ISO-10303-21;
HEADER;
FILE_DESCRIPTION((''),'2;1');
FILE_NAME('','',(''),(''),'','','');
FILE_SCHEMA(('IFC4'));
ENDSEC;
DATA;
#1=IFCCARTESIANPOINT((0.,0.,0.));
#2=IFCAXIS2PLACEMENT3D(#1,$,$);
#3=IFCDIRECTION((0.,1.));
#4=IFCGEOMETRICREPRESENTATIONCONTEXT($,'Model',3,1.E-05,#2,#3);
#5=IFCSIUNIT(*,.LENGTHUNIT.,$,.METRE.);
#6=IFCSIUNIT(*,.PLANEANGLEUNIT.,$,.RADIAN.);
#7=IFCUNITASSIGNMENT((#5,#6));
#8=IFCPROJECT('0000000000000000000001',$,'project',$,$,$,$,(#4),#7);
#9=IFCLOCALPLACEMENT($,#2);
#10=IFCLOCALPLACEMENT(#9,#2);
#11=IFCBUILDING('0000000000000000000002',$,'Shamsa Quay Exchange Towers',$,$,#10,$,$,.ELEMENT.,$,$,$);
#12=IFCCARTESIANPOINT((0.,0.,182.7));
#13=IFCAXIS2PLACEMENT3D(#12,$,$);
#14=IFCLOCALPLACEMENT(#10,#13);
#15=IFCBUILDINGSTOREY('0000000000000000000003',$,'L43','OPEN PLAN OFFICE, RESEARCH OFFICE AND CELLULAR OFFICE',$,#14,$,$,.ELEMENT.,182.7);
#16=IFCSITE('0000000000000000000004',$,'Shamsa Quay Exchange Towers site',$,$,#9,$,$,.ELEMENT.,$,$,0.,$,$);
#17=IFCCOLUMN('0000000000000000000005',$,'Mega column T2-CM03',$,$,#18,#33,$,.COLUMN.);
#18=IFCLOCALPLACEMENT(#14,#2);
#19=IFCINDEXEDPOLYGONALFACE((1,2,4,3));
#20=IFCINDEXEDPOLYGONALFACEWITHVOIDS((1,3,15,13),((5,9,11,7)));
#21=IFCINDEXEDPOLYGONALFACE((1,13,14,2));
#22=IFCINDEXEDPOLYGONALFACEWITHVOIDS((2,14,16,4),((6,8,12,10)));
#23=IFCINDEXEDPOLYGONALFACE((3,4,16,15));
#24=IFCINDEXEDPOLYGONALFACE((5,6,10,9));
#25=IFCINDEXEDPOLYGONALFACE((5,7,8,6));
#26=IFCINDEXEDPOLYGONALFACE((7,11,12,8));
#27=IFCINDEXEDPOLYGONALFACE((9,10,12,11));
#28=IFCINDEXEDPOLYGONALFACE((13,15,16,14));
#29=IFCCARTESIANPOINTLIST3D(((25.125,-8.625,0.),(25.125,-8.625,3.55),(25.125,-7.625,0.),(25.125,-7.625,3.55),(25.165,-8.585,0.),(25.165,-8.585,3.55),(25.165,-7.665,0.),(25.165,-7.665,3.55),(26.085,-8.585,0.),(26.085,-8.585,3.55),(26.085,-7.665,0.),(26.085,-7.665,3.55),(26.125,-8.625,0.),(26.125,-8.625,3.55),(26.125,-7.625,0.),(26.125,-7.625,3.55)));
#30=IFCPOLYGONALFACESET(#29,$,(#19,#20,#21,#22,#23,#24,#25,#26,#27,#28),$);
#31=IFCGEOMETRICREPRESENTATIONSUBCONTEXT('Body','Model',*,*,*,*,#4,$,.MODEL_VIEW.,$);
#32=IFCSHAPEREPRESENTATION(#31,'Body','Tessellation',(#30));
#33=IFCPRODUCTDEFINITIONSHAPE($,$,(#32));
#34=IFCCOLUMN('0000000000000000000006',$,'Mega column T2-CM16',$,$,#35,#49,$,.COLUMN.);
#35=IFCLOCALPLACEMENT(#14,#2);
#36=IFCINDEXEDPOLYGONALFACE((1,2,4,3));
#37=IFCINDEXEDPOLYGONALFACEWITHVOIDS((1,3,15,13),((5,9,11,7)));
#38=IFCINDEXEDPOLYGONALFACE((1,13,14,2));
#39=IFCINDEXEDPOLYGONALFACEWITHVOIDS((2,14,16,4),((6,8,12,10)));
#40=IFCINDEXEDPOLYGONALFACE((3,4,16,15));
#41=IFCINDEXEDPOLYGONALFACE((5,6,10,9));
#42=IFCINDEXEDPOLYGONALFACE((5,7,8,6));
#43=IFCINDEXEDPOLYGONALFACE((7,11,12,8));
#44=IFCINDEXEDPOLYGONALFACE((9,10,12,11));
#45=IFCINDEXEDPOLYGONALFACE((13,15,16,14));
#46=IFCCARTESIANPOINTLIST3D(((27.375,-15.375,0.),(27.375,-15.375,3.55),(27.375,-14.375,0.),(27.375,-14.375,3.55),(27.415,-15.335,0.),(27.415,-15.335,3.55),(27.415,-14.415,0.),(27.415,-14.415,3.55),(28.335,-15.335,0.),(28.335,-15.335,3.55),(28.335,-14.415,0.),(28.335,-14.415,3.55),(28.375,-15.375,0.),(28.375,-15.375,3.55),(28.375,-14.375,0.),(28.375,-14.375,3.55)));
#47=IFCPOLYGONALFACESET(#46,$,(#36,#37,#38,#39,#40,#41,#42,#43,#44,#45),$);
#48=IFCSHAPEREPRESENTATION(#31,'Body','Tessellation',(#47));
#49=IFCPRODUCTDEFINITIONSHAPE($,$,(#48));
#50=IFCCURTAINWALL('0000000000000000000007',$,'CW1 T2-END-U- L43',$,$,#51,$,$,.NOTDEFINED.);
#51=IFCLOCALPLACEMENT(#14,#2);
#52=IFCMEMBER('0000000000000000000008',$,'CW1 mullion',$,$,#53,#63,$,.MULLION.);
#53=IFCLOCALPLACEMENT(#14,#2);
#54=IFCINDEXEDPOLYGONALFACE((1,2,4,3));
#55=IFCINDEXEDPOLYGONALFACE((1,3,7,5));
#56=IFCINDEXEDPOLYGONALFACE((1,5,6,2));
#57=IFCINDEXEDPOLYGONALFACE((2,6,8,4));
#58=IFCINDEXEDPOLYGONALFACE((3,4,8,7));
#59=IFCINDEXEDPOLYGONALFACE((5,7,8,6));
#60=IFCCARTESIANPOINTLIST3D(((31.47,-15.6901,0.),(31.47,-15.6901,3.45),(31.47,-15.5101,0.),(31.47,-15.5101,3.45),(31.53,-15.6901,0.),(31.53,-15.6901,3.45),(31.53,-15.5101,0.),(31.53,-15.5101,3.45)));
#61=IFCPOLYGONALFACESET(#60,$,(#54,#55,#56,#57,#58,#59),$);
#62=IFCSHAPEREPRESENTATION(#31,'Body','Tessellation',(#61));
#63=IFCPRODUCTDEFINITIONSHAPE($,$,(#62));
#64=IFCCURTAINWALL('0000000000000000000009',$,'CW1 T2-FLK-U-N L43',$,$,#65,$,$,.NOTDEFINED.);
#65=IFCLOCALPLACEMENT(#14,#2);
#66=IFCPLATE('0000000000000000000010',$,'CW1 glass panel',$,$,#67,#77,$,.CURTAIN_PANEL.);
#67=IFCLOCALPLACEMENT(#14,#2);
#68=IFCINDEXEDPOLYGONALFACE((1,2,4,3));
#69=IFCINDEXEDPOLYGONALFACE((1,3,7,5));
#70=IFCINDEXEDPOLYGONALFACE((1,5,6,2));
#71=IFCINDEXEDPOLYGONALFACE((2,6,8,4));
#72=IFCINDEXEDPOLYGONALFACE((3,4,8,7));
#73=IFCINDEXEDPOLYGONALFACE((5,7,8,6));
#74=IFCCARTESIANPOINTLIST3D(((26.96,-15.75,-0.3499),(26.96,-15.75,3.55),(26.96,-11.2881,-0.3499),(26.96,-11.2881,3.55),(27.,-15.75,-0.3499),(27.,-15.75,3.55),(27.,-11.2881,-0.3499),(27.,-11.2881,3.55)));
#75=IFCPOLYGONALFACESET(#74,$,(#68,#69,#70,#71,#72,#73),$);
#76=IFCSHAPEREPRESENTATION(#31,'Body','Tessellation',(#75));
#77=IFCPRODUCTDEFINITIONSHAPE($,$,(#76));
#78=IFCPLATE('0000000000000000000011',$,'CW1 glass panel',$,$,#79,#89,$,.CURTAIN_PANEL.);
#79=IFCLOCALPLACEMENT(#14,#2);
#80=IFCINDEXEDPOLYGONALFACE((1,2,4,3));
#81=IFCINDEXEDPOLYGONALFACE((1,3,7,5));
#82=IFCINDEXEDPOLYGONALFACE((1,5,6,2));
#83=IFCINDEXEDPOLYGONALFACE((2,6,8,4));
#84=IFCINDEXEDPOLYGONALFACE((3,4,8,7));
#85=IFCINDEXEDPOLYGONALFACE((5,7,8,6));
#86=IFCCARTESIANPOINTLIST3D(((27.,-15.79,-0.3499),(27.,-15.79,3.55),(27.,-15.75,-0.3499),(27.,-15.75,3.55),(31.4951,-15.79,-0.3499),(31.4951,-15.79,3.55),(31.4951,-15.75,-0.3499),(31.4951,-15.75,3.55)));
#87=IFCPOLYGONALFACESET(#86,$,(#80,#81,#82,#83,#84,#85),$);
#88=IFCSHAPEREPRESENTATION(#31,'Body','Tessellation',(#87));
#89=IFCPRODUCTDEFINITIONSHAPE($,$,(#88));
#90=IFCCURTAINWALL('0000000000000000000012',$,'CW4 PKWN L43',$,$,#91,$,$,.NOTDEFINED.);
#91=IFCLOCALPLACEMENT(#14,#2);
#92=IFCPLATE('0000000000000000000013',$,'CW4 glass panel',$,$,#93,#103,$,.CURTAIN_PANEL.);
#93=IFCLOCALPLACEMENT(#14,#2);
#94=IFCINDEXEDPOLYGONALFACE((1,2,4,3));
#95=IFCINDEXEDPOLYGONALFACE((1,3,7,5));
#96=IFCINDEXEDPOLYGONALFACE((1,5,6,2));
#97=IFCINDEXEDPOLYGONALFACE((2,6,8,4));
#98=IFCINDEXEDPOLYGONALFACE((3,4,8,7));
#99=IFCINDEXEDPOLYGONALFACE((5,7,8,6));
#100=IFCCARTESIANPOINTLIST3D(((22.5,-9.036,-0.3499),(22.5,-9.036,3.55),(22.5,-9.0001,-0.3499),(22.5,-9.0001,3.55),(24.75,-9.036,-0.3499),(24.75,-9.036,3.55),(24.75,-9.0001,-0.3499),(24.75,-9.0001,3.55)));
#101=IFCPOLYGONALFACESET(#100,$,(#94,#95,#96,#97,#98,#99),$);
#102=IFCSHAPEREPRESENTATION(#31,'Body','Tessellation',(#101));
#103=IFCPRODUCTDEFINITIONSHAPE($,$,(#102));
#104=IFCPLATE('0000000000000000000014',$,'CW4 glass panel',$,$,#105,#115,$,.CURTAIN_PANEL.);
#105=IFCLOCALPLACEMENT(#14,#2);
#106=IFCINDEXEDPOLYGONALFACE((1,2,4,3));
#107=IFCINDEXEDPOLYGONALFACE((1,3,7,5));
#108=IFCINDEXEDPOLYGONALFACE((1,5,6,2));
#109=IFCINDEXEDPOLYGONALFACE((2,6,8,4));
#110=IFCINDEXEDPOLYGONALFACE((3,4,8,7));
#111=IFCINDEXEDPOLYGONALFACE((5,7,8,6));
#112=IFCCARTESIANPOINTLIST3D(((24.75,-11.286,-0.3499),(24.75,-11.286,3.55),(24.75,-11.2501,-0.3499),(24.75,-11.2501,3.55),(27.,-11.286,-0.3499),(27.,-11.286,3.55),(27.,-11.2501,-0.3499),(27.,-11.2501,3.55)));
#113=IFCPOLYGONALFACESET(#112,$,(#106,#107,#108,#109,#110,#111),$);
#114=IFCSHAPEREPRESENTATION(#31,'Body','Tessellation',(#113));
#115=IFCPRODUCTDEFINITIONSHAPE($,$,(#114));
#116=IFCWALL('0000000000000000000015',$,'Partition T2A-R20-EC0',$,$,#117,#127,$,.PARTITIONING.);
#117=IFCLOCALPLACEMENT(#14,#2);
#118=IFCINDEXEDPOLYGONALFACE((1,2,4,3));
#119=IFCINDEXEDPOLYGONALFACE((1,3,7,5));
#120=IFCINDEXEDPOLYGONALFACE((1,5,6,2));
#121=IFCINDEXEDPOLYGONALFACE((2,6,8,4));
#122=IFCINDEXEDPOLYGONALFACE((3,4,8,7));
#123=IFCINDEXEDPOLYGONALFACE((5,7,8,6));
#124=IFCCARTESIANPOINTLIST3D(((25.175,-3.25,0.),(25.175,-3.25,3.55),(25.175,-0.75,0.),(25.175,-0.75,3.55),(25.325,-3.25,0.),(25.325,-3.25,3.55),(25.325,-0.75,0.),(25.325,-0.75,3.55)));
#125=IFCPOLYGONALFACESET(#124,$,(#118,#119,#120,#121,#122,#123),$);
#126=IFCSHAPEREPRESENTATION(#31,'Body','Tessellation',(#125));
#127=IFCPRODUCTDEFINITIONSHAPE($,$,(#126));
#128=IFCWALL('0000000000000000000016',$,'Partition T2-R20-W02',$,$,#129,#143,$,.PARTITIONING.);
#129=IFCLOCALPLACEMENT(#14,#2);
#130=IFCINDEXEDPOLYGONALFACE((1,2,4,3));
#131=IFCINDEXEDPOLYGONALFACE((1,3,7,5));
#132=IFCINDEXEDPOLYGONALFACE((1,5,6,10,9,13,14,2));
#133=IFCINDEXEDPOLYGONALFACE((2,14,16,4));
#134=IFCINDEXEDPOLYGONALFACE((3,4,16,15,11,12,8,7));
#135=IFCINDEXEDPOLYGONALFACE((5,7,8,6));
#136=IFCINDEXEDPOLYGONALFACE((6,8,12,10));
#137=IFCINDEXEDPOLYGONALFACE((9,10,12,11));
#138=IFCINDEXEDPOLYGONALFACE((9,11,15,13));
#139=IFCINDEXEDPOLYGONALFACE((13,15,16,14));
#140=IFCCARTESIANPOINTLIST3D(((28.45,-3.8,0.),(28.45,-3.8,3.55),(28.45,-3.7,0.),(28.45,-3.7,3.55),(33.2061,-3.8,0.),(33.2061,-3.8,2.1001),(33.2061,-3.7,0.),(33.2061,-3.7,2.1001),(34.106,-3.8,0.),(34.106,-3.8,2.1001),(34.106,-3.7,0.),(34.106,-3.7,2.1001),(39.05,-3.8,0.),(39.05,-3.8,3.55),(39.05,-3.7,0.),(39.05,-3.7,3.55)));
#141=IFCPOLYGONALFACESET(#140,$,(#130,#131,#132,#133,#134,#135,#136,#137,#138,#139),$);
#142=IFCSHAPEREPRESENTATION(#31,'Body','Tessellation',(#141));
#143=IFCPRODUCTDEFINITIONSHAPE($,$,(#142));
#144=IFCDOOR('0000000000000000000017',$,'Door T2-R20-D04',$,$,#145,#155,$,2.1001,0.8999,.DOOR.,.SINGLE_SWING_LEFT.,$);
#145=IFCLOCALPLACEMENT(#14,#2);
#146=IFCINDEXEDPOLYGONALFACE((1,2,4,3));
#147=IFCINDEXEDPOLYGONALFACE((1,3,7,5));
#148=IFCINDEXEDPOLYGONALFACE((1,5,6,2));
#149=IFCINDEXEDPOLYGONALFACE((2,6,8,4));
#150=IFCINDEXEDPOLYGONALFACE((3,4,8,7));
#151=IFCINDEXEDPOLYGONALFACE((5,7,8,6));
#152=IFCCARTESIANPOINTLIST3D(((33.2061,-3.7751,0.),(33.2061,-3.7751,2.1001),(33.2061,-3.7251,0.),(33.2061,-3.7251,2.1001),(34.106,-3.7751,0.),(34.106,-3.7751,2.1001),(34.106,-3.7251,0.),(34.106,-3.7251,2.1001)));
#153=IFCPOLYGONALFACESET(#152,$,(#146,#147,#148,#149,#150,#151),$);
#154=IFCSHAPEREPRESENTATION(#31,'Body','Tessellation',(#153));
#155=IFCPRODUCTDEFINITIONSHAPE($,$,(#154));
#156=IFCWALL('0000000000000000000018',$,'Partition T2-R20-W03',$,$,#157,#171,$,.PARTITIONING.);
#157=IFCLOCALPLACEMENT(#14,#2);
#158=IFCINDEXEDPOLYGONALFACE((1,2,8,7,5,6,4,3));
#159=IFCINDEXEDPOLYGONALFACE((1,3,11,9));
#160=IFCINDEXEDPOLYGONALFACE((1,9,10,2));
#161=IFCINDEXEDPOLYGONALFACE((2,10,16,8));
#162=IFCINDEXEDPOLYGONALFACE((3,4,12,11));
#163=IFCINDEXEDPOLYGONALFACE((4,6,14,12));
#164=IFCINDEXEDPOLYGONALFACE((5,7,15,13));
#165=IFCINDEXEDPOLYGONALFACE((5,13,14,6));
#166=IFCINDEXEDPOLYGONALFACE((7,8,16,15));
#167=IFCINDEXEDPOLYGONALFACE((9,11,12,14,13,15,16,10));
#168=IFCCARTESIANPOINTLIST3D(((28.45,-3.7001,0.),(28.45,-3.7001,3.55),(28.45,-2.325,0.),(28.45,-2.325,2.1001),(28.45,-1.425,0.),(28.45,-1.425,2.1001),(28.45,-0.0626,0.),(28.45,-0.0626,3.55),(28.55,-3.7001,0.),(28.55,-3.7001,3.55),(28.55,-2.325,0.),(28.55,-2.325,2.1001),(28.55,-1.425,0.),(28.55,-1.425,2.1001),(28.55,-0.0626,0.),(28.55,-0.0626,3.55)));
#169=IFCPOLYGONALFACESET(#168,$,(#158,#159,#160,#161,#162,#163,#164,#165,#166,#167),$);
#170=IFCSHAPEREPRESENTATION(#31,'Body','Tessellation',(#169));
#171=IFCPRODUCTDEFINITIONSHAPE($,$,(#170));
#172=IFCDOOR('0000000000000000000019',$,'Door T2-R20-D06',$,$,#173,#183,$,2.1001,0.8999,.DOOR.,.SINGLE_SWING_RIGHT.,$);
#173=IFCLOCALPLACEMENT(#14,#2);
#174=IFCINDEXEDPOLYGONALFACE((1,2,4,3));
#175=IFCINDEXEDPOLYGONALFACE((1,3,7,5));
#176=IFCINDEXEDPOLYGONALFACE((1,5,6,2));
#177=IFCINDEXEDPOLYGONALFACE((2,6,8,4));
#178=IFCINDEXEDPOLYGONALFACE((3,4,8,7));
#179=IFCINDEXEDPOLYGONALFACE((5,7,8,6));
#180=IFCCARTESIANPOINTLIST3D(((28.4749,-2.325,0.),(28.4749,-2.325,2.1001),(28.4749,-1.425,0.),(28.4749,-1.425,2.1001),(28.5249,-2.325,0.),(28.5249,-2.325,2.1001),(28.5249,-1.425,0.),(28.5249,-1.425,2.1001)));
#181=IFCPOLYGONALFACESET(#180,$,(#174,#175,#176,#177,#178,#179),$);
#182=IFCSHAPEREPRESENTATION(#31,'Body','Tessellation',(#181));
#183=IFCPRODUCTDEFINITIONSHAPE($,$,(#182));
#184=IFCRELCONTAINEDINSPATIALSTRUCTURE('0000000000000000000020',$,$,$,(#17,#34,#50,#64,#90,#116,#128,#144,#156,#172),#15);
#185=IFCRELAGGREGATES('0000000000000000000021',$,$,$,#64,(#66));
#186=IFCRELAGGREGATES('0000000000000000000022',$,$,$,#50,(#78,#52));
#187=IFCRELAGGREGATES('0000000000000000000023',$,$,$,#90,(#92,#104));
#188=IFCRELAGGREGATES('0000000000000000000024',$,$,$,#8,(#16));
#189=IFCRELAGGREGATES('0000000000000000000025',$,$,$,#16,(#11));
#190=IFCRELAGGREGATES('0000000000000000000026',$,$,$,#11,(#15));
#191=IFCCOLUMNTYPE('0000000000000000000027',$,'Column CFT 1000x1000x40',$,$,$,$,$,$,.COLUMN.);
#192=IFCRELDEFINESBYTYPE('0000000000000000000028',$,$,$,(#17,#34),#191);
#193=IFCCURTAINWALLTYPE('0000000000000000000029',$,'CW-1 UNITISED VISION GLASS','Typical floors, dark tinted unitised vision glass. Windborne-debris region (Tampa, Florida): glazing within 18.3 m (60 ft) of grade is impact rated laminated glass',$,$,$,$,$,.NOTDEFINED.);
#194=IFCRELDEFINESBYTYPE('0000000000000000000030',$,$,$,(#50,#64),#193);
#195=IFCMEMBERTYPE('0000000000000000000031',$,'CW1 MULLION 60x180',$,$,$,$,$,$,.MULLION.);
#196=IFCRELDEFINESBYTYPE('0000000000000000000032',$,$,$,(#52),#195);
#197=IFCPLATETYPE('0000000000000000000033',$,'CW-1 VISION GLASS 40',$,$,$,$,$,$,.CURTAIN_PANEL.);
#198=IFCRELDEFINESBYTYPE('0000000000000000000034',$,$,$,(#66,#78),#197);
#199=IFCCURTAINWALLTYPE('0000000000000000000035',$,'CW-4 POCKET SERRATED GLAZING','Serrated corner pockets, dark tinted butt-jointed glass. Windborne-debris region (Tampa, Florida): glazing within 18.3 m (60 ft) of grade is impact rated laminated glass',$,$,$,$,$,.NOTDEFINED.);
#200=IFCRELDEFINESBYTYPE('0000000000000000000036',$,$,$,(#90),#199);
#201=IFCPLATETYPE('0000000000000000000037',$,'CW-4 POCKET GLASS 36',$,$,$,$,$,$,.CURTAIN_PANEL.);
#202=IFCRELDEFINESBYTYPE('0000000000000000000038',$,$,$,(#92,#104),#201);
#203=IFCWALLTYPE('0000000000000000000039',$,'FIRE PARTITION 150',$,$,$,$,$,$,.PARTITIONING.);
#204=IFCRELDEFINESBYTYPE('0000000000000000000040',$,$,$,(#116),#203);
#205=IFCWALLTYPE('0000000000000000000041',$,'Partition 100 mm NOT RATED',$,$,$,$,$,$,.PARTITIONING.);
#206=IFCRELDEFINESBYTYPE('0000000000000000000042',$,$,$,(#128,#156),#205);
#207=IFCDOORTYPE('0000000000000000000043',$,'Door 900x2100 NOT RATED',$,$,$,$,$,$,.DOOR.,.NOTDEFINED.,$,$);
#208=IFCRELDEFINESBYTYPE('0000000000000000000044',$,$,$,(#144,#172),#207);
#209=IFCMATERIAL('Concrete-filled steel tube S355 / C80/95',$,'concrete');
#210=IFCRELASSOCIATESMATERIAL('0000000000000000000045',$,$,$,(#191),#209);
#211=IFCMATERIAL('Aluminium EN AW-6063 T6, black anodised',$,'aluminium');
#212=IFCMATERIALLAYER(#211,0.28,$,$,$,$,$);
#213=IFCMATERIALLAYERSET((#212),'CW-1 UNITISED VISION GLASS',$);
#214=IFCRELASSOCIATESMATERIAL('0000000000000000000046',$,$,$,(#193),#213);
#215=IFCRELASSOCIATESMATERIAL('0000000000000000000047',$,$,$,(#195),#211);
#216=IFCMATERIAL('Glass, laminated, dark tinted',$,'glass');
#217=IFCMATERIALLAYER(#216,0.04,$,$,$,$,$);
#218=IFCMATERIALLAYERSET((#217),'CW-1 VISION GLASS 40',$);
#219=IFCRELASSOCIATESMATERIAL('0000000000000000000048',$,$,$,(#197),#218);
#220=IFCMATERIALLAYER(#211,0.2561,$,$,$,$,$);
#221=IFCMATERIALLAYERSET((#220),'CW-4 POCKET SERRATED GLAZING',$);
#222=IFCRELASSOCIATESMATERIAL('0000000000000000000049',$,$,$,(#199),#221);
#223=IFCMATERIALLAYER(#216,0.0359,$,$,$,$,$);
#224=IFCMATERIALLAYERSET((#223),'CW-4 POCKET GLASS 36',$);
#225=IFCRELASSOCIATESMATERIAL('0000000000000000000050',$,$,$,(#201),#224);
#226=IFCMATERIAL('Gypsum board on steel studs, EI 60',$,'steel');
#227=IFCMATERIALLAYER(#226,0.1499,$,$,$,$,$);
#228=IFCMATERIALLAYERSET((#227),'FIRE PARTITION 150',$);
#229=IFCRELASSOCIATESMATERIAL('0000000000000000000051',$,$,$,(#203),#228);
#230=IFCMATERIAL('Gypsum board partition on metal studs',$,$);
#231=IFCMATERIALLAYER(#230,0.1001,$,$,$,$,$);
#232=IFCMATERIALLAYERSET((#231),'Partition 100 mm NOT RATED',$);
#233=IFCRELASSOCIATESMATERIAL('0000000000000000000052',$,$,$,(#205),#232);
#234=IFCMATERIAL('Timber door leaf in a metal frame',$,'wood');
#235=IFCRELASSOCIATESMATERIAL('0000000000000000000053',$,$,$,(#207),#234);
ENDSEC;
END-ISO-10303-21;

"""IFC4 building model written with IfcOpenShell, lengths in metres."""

from ifc_helpers import new_model, si_unit, direction, frame, frame_2d, origin, origin_2d, place, context, subcontext, project, spatial, rectangle, hollow_rectangle, extrude, material, layer, layer_set, material_profile, profile_set, type_object, element, fill, aggregate, save


model = new_model("IFC4")

# Units and contexts
model_context = context("Model", 3, precision=1e-05, world=origin(), true_north=direction((0.0, 1.0)))
body_context = subcontext(model_context, "Body", "Model", "MODEL_VIEW")
ifc_project = project(units=[si_unit("LENGTHUNIT", "METRE"), si_unit("PLANEANGLEUNIT", "RADIAN")], contexts=[model_context])

# Site, building, storey
site_placement = place(None, origin())
site = spatial("IfcSite", under=ifc_project, at=site_placement, Name="Shamsa Quay Exchange Towers site", CompositionType="ELEMENT", RefElevation=0.0)
building_placement = place(site_placement, origin())
building = spatial("IfcBuilding", under=site, at=building_placement, Name="Shamsa Quay Exchange Towers", CompositionType="ELEMENT")
storey_placement = place(building_placement, frame((0.0, 0.0, 182.7)))
storey = spatial("IfcBuildingStorey", under=building, at=storey_placement, Name="L43", Description="OPEN PLAN OFFICE, RESEARCH OFFICE AND CELLULAR OFFICE", CompositionType="ELEMENT", Elevation=182.7)

# Columns
ifc_material_1 = material(Name="Concrete-filled steel tube S355 / C80/95", Category="concrete")
ifc_material_profile_1 = material_profile(ifc_material_1, hollow_rectangle(XDim=1.0, YDim=1.0, WallThickness=0.04, at=origin_2d()), Name="CFT 1000x1000x40")
ifc_profile_set_1 = profile_set([ifc_material_profile_1], Name="Concrete-filled steel tube S355 / C80/95")
column_type = type_object("IfcColumnType", Name="Column CFT 1000x1000x40", PredefinedType="COLUMN", material=ifc_profile_set_1)
for number, where, name in (
    (1, (25.625, -8.125, 0.0), "Mega column T2-CM03"),
    (2, (27.875, -14.875, 0.0), "Mega column T2-CM16"),
):
    element("IfcColumn", number, at=place(storey_placement, frame(where)), inside=storey, type_object=column_type, Name=name, PredefinedType="COLUMN", context=body_context, shape_type="SweptSolid", body=[
        extrude(hollow_rectangle(XDim=1.0, YDim=1.0, WallThickness=0.04, at=origin_2d()), origin(), (0.0, 0.0, 1.0), 3.55),
    ])

# Curtain wall, member
ifc_material_2 = material(Name="Aluminium EN AW-6063 T6, black anodised", Category="aluminium")
ifc_layer_1 = layer(ifc_material_2, 0.28)
ifc_layer_set_1 = layer_set([ifc_layer_1], Name="CW-1 UNITISED VISION GLASS")
curtain_wall_type_1 = type_object("IfcCurtainWallType", Name="CW-1 UNITISED VISION GLASS", Description="Typical floors, dark tinted unitised vision glass. Windborne-debris region (Tampa, Florida): glazing within 18.3 m (60 ft) of grade is impact rated laminated glass", PredefinedType="NOTDEFINED", material=ifc_layer_set_1)
curtain_wall_1_placement = place(storey_placement, origin())
curtain_wall_1 = element("IfcCurtainWall", 3, at=curtain_wall_1_placement, inside=storey, type_object=curtain_wall_type_1, Name="CW1 T2-END-U- L43", PredefinedType="NOTDEFINED")
ifc_material_profile_2 = material_profile(ifc_material_2, rectangle(XDim=0.1799, YDim=0.0601, at=origin_2d()), Name="MU60x180")
ifc_profile_set_2 = profile_set([ifc_material_profile_2], Name="Aluminium EN AW-6063 T6, black anodised")
member_type = type_object("IfcMemberType", Name="CW1 MULLION 60x180", PredefinedType="MULLION", material=ifc_profile_set_2)
member_placement = place(storey_placement, frame((31.5, -15.6001, 0.0), z_axis=(0.0, 0.0, 1.0), x_axis=(0.0, 1.0, 0.0)))
member = element("IfcMember", 4, at=member_placement, type_object=member_type, Name="CW1 mullion", PredefinedType="MULLION", context=body_context, shape_type="SweptSolid", body=[
    extrude(rectangle(XDim=0.1799, YDim=0.0601, at=origin_2d()), origin(), (0.0, 0.0, 1.0), 3.45),
])

# Curtain wall, plate
curtain_wall_2_placement = place(storey_placement, origin())
curtain_wall_2 = element("IfcCurtainWall", 5, at=curtain_wall_2_placement, inside=storey, type_object=curtain_wall_type_1, Name="CW1 T2-FLK-U-N L43", PredefinedType="NOTDEFINED")
ifc_material_3 = material(Name="Glass, laminated, dark tinted", Category="glass")
ifc_layer_2 = layer(ifc_material_3, 0.04)
ifc_layer_set_2 = layer_set([ifc_layer_2], Name="CW-1 VISION GLASS 40")
plate_type_1 = type_object("IfcPlateType", Name="CW-1 VISION GLASS 40", PredefinedType="CURTAIN_PANEL", material=ifc_layer_set_2)
plate_1_placement = place(storey_placement, frame((26.98, -13.519, -0.3499), z_axis=(0.0, 0.0, 1.0), x_axis=(0.0, -1.0, 0.0)))
plate_1 = element("IfcPlate", 6, at=plate_1_placement, type_object=plate_type_1, Name="CW1 glass panel", PredefinedType="CURTAIN_PANEL", context=body_context, shape_type="SweptSolid", body=[
    extrude(rectangle(XDim=4.4619, YDim=0.04, at=origin_2d()), origin(), (0.0, 0.0, 1.0), 3.8999),
])
aggregate(curtain_wall_2, [plate_1])

# Plate
plate_2_placement = place(storey_placement, frame((29.2476, -15.77, -0.3499)))
plate_2 = element("IfcPlate", 7, at=plate_2_placement, type_object=plate_type_1, Name="CW1 glass panel", PredefinedType="CURTAIN_PANEL", context=body_context, shape_type="SweptSolid", body=[
    extrude(rectangle(XDim=4.4951, YDim=0.04, at=origin_2d()), origin(), (0.0, 0.0, 1.0), 3.8999),
])
aggregate(curtain_wall_1, [plate_2, member])

# Curtain wall, plates
ifc_layer_3 = layer(ifc_material_2, 0.2561)
ifc_layer_set_3 = layer_set([ifc_layer_3], Name="CW-4 POCKET SERRATED GLAZING")
curtain_wall_type_2 = type_object("IfcCurtainWallType", Name="CW-4 POCKET SERRATED GLAZING", Description="Serrated corner pockets, dark tinted butt-jointed glass. Windborne-debris region (Tampa, Florida): glazing within 18.3 m (60 ft) of grade is impact rated laminated glass", PredefinedType="NOTDEFINED", material=ifc_layer_set_3)
curtain_wall_3_placement = place(storey_placement, origin())
curtain_wall_3 = element("IfcCurtainWall", 8, at=curtain_wall_3_placement, inside=storey, type_object=curtain_wall_type_2, Name="CW4 PKWN L43", PredefinedType="NOTDEFINED")
ifc_layer_4 = layer(ifc_material_3, 0.0359)
ifc_layer_set_4 = layer_set([ifc_layer_4], Name="CW-4 POCKET GLASS 36")
plate_type_2 = type_object("IfcPlateType", Name="CW-4 POCKET GLASS 36", PredefinedType="CURTAIN_PANEL", material=ifc_layer_set_4)
plate_3_placement = place(storey_placement, frame((23.625, -9.0181, -0.3499)))
plate_3 = element("IfcPlate", 9, at=plate_3_placement, type_object=plate_type_2, Name="CW4 glass panel", PredefinedType="CURTAIN_PANEL", context=body_context, shape_type="SweptSolid", body=[
    extrude(rectangle(XDim=2.25, YDim=0.0359, at=origin_2d()), origin(), (0.0, 0.0, 1.0), 3.8999),
])
plate_4_placement = place(storey_placement, frame((25.875, -11.2681, -0.3499)))
plate_4 = element("IfcPlate", 10, at=plate_4_placement, type_object=plate_type_2, Name="CW4 glass panel", PredefinedType="CURTAIN_PANEL", context=body_context, shape_type="SweptSolid", body=[
    extrude(rectangle(XDim=2.25, YDim=0.0359, at=origin_2d()), origin(), (0.0, 0.0, 1.0), 3.8999),
])
aggregate(curtain_wall_3, [plate_3, plate_4])

# Wall
ifc_material_4 = material(Name="Gypsum board on steel studs, EI 60", Category="steel")
ifc_layer_5 = layer(ifc_material_4, 0.1499)
ifc_layer_set_5 = layer_set([ifc_layer_5], Name="FIRE PARTITION 150")
wall_type_1 = type_object("IfcWallType", Name="FIRE PARTITION 150", PredefinedType="PARTITIONING", material=ifc_layer_set_5)
wall_1_placement = place(storey_placement, frame((25.25, -3.25, 0.0), z_axis=(0.0, 0.0, 1.0), x_axis=(0.0, 1.0, 0.0)))
element("IfcWall", 11, at=wall_1_placement, inside=storey, type_object=wall_type_1, Name="Partition T2A-R20-EC0", PredefinedType="PARTITIONING", context=body_context, shape_type="SweptSolid", body=[
    extrude(rectangle(XDim=2.5, YDim=0.1499, at=frame_2d((1.25, 0.0))), origin(), (0.0, 0.0, 1.0), 3.55),
])

# Walls, openings, doors
ifc_material_5 = material(Name="Gypsum board partition on metal studs")
ifc_layer_6 = layer(ifc_material_5, 0.1001)
ifc_layer_set_6 = layer_set([ifc_layer_6], Name="Partition 100 mm NOT RATED")
wall_type_2 = type_object("IfcWallType", Name="Partition 100 mm NOT RATED", PredefinedType="PARTITIONING", material=ifc_layer_set_6)
wall_2_placement = place(storey_placement, frame((28.45, -3.75, 0.0)))
wall_2 = element("IfcWall", 12, at=wall_2_placement, inside=storey, type_object=wall_type_2, Name="Partition T2-R20-W02", PredefinedType="PARTITIONING", context=body_context, shape_type="SweptSolid", body=[
    extrude(rectangle(XDim=10.6001, YDim=0.1001, at=frame_2d((5.3, 0.0))), origin(), (0.0, 0.0, 1.0), 3.55),
])
opening_1_placement = place(wall_2_placement, frame((4.7561, 0.0, 0.0)))
opening_1 = element("IfcOpeningElement", 13, at=opening_1_placement, cuts=wall_2, PredefinedType="OPENING", context=body_context, shape_type="SweptSolid", body=[
    extrude(rectangle(XDim=0.8999, YDim=2.1001, at=frame_2d((0.45, 1.05))), frame((0.0, 0.0601, 0.0), z_axis=(0.0, -1.0, 0.0), x_axis=(1.0, 0.0, 0.0)), (0.0, 0.0, 1.0), 0.1201),
])
ifc_material_6 = material(Name="Timber door leaf in a metal frame", Category="wood")
door_type_1 = type_object("IfcDoorType", Name="Door 900x2100 NOT RATED", OperationType="NOTDEFINED", PredefinedType="DOOR", material=ifc_material_6)
door_1_placement = place(opening_1_placement, origin())
door_1 = element("IfcDoor", 14, at=door_1_placement, inside=storey, type_object=door_type_1, Name="Door T2-R20-D04", OperationType="SINGLE_SWING_LEFT", OverallHeight=2.1001, OverallWidth=0.8999, PredefinedType="DOOR", context=body_context, shape_type="SweptSolid", body=[
    extrude(rectangle(XDim=0.8999, YDim=2.1001, at=frame_2d((0.45, 1.05))), frame((0.0, 0.0249, 0.0), z_axis=(0.0, -1.0, 0.0), x_axis=(1.0, 0.0, 0.0)), (0.0, 0.0, 1.0), 0.05),
])
fill(opening_1, door_1)
wall_3_placement = place(storey_placement, frame((28.5, -0.0625, 0.0), z_axis=(0.0, 0.0, 1.0), x_axis=(0.0, -1.0, 0.0)))
wall_3 = element("IfcWall", 15, at=wall_3_placement, inside=storey, type_object=wall_type_2, Name="Partition T2-R20-W03", PredefinedType="PARTITIONING", context=body_context, shape_type="SweptSolid", body=[
    extrude(rectangle(XDim=3.6375, YDim=0.1001, at=frame_2d((1.8188, 0.0))), origin(), (0.0, 0.0, 1.0), 3.55),
])
opening_2_placement = place(wall_3_placement, frame((1.3625, 0.0, 0.0)))
opening_2 = element("IfcOpeningElement", 16, at=opening_2_placement, cuts=wall_3, PredefinedType="OPENING", context=body_context, shape_type="SweptSolid", body=[
    extrude(rectangle(XDim=0.8999, YDim=2.1001, at=frame_2d((0.45, 1.05))), frame((0.0, 0.0601, 0.0), z_axis=(0.0, -1.0, 0.0), x_axis=(1.0, 0.0, 0.0)), (0.0, 0.0, 1.0), 0.1201),
])
door_2_placement = place(opening_2_placement, origin())
door_2 = element("IfcDoor", 17, at=door_2_placement, inside=storey, type_object=door_type_1, Name="Door T2-R20-D06", OperationType="SINGLE_SWING_RIGHT", OverallHeight=2.1001, OverallWidth=0.8999, PredefinedType="DOOR", context=body_context, shape_type="SweptSolid", body=[
    extrude(rectangle(XDim=0.8999, YDim=2.1001, at=frame_2d((0.45, 1.05))), frame((0.0, 0.0249, 0.0), z_axis=(0.0, -1.0, 0.0), x_axis=(1.0, 0.0, 0.0)), (0.0, 0.0, 1.0), 0.05),
])
fill(opening_2, door_2)

save(model, "model.ifc")
